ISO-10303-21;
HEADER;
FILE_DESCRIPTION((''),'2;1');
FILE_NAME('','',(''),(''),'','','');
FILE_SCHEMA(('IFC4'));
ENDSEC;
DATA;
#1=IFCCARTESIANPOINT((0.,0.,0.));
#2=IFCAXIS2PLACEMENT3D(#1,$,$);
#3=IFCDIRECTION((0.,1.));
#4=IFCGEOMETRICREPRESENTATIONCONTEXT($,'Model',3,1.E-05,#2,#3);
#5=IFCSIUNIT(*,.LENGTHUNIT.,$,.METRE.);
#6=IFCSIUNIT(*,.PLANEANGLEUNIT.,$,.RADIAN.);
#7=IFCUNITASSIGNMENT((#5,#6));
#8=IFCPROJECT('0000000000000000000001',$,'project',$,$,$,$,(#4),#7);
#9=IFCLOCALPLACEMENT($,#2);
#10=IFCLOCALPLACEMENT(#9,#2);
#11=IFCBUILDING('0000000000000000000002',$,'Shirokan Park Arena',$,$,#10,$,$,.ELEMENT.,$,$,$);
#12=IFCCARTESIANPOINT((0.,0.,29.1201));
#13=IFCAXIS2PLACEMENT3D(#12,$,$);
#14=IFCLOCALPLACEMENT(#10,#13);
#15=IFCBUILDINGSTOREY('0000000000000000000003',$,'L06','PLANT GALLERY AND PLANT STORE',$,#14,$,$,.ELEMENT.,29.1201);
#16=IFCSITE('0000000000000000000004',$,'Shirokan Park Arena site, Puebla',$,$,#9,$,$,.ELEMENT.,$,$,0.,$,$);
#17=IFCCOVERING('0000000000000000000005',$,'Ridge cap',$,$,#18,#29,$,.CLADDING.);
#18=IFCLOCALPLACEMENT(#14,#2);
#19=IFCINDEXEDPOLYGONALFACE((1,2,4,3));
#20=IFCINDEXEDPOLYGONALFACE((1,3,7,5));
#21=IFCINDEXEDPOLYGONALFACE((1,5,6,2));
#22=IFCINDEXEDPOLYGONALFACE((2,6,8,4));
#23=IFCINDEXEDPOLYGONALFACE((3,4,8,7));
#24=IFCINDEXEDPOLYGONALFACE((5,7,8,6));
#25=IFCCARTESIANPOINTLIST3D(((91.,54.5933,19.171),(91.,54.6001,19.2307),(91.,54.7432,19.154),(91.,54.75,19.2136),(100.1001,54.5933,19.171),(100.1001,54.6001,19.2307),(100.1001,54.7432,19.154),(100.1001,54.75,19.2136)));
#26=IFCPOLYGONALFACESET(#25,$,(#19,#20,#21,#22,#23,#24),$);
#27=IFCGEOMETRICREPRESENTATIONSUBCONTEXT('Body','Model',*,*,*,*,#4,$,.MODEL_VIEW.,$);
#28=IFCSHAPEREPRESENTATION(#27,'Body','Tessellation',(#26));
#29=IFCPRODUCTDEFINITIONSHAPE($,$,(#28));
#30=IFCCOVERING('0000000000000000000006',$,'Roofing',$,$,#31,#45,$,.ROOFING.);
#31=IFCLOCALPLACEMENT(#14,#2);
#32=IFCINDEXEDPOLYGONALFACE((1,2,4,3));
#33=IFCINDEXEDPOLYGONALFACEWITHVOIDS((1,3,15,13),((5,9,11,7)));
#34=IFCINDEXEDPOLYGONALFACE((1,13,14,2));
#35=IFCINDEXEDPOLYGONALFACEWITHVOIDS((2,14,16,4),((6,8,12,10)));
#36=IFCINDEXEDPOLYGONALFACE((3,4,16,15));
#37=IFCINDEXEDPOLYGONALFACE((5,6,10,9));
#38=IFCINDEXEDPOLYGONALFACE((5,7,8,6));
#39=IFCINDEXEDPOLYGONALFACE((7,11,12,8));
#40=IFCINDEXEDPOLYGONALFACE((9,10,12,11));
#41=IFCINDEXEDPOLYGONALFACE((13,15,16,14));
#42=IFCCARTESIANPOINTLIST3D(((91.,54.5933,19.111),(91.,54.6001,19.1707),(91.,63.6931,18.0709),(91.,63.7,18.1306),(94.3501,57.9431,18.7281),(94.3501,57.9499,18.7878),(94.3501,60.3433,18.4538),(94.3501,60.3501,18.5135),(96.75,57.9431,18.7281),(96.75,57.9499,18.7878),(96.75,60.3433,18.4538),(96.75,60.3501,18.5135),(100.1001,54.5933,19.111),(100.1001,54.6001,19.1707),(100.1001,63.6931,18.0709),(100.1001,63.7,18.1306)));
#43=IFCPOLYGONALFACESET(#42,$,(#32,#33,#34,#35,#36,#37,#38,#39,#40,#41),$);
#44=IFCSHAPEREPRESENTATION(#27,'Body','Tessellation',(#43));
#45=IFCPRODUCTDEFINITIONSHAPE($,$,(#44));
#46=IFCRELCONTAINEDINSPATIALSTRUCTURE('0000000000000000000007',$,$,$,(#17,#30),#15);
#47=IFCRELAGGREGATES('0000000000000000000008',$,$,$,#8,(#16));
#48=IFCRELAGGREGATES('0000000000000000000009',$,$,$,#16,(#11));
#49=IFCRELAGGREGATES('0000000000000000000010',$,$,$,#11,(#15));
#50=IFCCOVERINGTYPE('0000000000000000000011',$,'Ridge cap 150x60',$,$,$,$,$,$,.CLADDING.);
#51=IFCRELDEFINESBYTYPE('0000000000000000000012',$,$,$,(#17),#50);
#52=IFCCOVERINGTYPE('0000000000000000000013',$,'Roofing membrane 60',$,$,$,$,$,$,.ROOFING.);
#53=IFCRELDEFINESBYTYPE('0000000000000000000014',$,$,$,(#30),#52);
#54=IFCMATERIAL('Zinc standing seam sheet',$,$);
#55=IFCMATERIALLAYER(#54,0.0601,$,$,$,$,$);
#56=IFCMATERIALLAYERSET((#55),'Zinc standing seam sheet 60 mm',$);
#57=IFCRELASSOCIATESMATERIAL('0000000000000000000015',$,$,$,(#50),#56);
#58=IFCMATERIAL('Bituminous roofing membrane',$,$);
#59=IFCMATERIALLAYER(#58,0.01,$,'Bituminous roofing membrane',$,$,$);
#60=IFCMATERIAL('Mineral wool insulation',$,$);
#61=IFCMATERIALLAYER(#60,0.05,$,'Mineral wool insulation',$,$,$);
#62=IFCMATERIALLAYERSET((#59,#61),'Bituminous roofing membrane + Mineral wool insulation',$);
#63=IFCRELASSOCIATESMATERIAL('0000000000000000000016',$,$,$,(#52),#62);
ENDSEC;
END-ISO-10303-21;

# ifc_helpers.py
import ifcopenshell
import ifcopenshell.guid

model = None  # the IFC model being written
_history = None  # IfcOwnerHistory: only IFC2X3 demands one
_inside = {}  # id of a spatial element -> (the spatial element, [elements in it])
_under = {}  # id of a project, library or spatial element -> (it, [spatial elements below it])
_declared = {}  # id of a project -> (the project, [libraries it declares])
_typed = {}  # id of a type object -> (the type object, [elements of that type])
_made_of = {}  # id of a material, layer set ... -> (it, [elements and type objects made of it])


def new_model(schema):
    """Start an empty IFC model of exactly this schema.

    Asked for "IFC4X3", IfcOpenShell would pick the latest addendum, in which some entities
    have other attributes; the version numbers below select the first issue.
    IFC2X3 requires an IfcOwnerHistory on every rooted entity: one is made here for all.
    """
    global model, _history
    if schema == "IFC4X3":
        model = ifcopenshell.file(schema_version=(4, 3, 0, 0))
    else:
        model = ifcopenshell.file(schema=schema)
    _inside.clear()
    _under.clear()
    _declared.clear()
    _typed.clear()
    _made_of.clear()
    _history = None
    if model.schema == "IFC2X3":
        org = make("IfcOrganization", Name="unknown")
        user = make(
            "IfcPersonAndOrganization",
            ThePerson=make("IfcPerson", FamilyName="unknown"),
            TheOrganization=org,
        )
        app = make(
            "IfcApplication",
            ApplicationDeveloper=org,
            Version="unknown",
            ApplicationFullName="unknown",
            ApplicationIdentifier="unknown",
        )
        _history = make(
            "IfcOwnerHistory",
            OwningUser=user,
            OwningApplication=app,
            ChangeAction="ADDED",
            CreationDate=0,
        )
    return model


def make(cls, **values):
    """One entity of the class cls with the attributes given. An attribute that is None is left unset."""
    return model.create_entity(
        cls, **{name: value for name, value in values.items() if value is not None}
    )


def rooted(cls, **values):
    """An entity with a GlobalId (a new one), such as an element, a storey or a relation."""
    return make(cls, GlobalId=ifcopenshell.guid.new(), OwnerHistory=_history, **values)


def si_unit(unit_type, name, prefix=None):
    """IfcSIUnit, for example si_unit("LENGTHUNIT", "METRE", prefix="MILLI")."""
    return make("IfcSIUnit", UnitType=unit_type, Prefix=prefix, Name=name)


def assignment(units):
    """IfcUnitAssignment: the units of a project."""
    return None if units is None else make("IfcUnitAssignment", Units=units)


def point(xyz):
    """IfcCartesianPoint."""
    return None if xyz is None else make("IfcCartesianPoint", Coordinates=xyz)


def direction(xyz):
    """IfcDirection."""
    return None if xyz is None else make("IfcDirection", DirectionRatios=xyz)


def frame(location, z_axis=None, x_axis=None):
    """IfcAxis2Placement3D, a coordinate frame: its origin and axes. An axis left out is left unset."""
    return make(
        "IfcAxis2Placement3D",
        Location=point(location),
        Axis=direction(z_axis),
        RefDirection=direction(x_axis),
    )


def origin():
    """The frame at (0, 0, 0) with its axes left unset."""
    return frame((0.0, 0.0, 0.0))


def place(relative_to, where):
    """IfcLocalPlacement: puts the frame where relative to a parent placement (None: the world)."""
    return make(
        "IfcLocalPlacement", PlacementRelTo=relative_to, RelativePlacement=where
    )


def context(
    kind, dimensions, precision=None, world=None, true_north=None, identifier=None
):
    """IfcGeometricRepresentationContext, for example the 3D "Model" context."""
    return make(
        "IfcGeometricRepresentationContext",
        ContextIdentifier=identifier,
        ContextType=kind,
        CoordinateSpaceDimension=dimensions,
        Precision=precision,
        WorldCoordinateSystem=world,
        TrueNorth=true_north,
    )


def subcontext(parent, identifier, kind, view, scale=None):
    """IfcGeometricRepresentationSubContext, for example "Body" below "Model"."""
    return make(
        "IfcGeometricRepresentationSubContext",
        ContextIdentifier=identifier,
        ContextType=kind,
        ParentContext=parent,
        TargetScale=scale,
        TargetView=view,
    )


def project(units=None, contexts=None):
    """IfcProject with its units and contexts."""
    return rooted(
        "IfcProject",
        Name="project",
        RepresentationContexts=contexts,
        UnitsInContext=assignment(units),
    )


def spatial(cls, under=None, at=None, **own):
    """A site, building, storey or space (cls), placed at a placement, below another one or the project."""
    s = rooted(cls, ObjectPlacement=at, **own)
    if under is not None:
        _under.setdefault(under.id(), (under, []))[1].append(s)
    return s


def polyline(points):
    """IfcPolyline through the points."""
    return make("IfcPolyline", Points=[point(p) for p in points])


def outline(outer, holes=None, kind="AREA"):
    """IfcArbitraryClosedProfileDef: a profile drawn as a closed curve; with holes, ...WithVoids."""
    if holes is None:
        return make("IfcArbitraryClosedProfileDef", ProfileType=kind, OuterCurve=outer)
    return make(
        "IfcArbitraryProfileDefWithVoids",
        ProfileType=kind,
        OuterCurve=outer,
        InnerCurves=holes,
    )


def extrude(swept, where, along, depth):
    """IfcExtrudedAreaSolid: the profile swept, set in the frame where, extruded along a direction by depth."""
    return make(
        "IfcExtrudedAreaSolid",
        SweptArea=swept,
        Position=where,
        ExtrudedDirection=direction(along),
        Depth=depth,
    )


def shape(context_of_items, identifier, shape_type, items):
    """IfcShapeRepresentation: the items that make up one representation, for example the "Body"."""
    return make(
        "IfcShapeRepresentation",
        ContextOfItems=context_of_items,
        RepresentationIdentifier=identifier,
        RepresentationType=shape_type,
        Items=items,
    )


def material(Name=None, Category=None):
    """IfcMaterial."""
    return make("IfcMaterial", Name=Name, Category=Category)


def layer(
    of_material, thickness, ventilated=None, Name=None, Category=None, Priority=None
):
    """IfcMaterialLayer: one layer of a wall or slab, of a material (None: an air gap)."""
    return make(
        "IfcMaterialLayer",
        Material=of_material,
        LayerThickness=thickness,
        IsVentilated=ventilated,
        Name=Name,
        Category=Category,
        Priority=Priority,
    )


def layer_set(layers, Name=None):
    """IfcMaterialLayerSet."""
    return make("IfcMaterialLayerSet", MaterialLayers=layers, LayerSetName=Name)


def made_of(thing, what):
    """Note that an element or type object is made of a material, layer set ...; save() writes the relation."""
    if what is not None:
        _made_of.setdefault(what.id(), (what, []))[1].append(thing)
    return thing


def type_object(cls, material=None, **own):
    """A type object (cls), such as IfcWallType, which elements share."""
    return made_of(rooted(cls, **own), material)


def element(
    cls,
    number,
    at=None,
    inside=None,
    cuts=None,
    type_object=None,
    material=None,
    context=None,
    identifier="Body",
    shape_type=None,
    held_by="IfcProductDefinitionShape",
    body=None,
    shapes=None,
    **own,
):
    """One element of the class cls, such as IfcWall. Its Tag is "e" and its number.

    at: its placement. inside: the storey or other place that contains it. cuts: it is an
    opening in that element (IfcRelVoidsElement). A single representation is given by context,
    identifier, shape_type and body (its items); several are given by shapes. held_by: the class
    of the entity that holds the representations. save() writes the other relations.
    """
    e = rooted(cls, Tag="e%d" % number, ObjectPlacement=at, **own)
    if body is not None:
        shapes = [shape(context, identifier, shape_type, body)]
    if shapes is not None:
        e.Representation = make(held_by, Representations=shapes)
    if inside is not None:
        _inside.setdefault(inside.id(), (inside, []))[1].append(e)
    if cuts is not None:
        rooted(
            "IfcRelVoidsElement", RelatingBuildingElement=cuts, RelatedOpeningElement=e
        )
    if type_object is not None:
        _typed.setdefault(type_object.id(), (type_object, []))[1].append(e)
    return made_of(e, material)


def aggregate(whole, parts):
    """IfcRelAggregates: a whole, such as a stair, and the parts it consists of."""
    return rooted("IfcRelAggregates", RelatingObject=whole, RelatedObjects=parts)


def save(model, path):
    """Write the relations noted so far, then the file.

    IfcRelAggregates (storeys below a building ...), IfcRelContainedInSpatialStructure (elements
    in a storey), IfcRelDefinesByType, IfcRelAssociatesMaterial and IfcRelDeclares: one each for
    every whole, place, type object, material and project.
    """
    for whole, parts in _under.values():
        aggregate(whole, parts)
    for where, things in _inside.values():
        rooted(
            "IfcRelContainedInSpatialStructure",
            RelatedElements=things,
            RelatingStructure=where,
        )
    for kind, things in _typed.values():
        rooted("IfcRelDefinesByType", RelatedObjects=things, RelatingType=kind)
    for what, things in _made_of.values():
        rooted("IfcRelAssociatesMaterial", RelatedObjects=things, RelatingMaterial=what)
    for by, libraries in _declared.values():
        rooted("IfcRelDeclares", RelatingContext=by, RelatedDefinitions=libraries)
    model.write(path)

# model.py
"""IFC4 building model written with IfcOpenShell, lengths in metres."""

from ifc_helpers import new_model, si_unit, direction, frame, origin, place, context, subcontext, project, spatial, polyline, outline, extrude, material, layer, layer_set, type_object, element, save


model = new_model("IFC4")

# Units and contexts
model_context = context("Model", 3, precision=1e-05, world=origin(), true_north=direction((0.0, 1.0)))
body_context = subcontext(model_context, "Body", "Model", "MODEL_VIEW")
ifc_project = project(units=[si_unit("LENGTHUNIT", "METRE"), si_unit("PLANEANGLEUNIT", "RADIAN")], contexts=[model_context])

# Site, building, storey
site_placement = place(None, origin())
site = spatial("IfcSite", under=ifc_project, at=site_placement, Name="Shirokan Park Arena site, Puebla", CompositionType="ELEMENT", RefElevation=0.0)
building_placement = place(site_placement, origin())
building = spatial("IfcBuilding", under=site, at=building_placement, Name="Shirokan Park Arena", CompositionType="ELEMENT")
storey_placement = place(building_placement, frame((0.0, 0.0, 29.1201)))
storey = spatial("IfcBuildingStorey", under=building, at=storey_placement, Name="L06", Description="PLANT GALLERY AND PLANT STORE", CompositionType="ELEMENT", Elevation=29.1201)

# Coverings
ifc_material_1 = material(Name="Zinc standing seam sheet")
ifc_layer_1 = layer(ifc_material_1, 0.0601)
ifc_layer_set_1 = layer_set([ifc_layer_1], Name="Zinc standing seam sheet 60 mm")
covering_type_1 = type_object("IfcCoveringType", Name="Ridge cap 150x60", PredefinedType="CLADDING", material=ifc_layer_set_1)
covering_1_placement = place(storey_placement, frame((91.0, 54.6001, 19.2307), z_axis=(0.0, 0.113273, 0.993564), x_axis=(1.0, 0.0, 0.0)))
element("IfcCovering", 1, at=covering_1_placement, inside=storey, type_object=covering_type_1, Name="Ridge cap", PredefinedType="CLADDING", context=body_context, shape_type="SweptSolid", body=[
    extrude(outline(polyline([(0.0, 0.0), (9.1001, 0.0), (9.1001, 0.1509), (0.0, 0.1509), (0.0, 0.0)])), origin(), (0.0, 0.0, -1.0), 0.0601),
])
ifc_material_2 = material(Name="Bituminous roofing membrane")
ifc_layer_2 = layer(ifc_material_2, 0.01, Name="Bituminous roofing membrane")
ifc_material_3 = material(Name="Mineral wool insulation")
ifc_layer_3 = layer(ifc_material_3, 0.05, Name="Mineral wool insulation")
ifc_layer_set_2 = layer_set([ifc_layer_2, ifc_layer_3], Name="Bituminous roofing membrane + Mineral wool insulation")
covering_type_2 = type_object("IfcCoveringType", Name="Roofing membrane 60", PredefinedType="ROOFING", material=ifc_layer_set_2)
covering_2_placement = place(storey_placement, frame((91.0, 54.6001, 19.1707), z_axis=(0.0, 0.113553, 0.993532), x_axis=(1.0, 0.0, 0.0)))
element("IfcCovering", 2, at=covering_2_placement, inside=storey, type_object=covering_type_2, Name="Roofing", PredefinedType="ROOFING", context=body_context, shape_type="SweptSolid", body=[
    extrude(outline(polyline([(0.0, 0.0), (9.1001, 0.0), (9.1001, 9.1591), (0.0, 9.1591), (0.0, 0.0)]), holes=[polyline([(5.75, 3.3717), (5.75, 5.7874), (3.3501, 5.7874), (3.3501, 3.3717), (5.75, 3.3717)])]), origin(), (0.0, 0.0, -1.0), 0.0601),
])

save(model, "model.ifc")
